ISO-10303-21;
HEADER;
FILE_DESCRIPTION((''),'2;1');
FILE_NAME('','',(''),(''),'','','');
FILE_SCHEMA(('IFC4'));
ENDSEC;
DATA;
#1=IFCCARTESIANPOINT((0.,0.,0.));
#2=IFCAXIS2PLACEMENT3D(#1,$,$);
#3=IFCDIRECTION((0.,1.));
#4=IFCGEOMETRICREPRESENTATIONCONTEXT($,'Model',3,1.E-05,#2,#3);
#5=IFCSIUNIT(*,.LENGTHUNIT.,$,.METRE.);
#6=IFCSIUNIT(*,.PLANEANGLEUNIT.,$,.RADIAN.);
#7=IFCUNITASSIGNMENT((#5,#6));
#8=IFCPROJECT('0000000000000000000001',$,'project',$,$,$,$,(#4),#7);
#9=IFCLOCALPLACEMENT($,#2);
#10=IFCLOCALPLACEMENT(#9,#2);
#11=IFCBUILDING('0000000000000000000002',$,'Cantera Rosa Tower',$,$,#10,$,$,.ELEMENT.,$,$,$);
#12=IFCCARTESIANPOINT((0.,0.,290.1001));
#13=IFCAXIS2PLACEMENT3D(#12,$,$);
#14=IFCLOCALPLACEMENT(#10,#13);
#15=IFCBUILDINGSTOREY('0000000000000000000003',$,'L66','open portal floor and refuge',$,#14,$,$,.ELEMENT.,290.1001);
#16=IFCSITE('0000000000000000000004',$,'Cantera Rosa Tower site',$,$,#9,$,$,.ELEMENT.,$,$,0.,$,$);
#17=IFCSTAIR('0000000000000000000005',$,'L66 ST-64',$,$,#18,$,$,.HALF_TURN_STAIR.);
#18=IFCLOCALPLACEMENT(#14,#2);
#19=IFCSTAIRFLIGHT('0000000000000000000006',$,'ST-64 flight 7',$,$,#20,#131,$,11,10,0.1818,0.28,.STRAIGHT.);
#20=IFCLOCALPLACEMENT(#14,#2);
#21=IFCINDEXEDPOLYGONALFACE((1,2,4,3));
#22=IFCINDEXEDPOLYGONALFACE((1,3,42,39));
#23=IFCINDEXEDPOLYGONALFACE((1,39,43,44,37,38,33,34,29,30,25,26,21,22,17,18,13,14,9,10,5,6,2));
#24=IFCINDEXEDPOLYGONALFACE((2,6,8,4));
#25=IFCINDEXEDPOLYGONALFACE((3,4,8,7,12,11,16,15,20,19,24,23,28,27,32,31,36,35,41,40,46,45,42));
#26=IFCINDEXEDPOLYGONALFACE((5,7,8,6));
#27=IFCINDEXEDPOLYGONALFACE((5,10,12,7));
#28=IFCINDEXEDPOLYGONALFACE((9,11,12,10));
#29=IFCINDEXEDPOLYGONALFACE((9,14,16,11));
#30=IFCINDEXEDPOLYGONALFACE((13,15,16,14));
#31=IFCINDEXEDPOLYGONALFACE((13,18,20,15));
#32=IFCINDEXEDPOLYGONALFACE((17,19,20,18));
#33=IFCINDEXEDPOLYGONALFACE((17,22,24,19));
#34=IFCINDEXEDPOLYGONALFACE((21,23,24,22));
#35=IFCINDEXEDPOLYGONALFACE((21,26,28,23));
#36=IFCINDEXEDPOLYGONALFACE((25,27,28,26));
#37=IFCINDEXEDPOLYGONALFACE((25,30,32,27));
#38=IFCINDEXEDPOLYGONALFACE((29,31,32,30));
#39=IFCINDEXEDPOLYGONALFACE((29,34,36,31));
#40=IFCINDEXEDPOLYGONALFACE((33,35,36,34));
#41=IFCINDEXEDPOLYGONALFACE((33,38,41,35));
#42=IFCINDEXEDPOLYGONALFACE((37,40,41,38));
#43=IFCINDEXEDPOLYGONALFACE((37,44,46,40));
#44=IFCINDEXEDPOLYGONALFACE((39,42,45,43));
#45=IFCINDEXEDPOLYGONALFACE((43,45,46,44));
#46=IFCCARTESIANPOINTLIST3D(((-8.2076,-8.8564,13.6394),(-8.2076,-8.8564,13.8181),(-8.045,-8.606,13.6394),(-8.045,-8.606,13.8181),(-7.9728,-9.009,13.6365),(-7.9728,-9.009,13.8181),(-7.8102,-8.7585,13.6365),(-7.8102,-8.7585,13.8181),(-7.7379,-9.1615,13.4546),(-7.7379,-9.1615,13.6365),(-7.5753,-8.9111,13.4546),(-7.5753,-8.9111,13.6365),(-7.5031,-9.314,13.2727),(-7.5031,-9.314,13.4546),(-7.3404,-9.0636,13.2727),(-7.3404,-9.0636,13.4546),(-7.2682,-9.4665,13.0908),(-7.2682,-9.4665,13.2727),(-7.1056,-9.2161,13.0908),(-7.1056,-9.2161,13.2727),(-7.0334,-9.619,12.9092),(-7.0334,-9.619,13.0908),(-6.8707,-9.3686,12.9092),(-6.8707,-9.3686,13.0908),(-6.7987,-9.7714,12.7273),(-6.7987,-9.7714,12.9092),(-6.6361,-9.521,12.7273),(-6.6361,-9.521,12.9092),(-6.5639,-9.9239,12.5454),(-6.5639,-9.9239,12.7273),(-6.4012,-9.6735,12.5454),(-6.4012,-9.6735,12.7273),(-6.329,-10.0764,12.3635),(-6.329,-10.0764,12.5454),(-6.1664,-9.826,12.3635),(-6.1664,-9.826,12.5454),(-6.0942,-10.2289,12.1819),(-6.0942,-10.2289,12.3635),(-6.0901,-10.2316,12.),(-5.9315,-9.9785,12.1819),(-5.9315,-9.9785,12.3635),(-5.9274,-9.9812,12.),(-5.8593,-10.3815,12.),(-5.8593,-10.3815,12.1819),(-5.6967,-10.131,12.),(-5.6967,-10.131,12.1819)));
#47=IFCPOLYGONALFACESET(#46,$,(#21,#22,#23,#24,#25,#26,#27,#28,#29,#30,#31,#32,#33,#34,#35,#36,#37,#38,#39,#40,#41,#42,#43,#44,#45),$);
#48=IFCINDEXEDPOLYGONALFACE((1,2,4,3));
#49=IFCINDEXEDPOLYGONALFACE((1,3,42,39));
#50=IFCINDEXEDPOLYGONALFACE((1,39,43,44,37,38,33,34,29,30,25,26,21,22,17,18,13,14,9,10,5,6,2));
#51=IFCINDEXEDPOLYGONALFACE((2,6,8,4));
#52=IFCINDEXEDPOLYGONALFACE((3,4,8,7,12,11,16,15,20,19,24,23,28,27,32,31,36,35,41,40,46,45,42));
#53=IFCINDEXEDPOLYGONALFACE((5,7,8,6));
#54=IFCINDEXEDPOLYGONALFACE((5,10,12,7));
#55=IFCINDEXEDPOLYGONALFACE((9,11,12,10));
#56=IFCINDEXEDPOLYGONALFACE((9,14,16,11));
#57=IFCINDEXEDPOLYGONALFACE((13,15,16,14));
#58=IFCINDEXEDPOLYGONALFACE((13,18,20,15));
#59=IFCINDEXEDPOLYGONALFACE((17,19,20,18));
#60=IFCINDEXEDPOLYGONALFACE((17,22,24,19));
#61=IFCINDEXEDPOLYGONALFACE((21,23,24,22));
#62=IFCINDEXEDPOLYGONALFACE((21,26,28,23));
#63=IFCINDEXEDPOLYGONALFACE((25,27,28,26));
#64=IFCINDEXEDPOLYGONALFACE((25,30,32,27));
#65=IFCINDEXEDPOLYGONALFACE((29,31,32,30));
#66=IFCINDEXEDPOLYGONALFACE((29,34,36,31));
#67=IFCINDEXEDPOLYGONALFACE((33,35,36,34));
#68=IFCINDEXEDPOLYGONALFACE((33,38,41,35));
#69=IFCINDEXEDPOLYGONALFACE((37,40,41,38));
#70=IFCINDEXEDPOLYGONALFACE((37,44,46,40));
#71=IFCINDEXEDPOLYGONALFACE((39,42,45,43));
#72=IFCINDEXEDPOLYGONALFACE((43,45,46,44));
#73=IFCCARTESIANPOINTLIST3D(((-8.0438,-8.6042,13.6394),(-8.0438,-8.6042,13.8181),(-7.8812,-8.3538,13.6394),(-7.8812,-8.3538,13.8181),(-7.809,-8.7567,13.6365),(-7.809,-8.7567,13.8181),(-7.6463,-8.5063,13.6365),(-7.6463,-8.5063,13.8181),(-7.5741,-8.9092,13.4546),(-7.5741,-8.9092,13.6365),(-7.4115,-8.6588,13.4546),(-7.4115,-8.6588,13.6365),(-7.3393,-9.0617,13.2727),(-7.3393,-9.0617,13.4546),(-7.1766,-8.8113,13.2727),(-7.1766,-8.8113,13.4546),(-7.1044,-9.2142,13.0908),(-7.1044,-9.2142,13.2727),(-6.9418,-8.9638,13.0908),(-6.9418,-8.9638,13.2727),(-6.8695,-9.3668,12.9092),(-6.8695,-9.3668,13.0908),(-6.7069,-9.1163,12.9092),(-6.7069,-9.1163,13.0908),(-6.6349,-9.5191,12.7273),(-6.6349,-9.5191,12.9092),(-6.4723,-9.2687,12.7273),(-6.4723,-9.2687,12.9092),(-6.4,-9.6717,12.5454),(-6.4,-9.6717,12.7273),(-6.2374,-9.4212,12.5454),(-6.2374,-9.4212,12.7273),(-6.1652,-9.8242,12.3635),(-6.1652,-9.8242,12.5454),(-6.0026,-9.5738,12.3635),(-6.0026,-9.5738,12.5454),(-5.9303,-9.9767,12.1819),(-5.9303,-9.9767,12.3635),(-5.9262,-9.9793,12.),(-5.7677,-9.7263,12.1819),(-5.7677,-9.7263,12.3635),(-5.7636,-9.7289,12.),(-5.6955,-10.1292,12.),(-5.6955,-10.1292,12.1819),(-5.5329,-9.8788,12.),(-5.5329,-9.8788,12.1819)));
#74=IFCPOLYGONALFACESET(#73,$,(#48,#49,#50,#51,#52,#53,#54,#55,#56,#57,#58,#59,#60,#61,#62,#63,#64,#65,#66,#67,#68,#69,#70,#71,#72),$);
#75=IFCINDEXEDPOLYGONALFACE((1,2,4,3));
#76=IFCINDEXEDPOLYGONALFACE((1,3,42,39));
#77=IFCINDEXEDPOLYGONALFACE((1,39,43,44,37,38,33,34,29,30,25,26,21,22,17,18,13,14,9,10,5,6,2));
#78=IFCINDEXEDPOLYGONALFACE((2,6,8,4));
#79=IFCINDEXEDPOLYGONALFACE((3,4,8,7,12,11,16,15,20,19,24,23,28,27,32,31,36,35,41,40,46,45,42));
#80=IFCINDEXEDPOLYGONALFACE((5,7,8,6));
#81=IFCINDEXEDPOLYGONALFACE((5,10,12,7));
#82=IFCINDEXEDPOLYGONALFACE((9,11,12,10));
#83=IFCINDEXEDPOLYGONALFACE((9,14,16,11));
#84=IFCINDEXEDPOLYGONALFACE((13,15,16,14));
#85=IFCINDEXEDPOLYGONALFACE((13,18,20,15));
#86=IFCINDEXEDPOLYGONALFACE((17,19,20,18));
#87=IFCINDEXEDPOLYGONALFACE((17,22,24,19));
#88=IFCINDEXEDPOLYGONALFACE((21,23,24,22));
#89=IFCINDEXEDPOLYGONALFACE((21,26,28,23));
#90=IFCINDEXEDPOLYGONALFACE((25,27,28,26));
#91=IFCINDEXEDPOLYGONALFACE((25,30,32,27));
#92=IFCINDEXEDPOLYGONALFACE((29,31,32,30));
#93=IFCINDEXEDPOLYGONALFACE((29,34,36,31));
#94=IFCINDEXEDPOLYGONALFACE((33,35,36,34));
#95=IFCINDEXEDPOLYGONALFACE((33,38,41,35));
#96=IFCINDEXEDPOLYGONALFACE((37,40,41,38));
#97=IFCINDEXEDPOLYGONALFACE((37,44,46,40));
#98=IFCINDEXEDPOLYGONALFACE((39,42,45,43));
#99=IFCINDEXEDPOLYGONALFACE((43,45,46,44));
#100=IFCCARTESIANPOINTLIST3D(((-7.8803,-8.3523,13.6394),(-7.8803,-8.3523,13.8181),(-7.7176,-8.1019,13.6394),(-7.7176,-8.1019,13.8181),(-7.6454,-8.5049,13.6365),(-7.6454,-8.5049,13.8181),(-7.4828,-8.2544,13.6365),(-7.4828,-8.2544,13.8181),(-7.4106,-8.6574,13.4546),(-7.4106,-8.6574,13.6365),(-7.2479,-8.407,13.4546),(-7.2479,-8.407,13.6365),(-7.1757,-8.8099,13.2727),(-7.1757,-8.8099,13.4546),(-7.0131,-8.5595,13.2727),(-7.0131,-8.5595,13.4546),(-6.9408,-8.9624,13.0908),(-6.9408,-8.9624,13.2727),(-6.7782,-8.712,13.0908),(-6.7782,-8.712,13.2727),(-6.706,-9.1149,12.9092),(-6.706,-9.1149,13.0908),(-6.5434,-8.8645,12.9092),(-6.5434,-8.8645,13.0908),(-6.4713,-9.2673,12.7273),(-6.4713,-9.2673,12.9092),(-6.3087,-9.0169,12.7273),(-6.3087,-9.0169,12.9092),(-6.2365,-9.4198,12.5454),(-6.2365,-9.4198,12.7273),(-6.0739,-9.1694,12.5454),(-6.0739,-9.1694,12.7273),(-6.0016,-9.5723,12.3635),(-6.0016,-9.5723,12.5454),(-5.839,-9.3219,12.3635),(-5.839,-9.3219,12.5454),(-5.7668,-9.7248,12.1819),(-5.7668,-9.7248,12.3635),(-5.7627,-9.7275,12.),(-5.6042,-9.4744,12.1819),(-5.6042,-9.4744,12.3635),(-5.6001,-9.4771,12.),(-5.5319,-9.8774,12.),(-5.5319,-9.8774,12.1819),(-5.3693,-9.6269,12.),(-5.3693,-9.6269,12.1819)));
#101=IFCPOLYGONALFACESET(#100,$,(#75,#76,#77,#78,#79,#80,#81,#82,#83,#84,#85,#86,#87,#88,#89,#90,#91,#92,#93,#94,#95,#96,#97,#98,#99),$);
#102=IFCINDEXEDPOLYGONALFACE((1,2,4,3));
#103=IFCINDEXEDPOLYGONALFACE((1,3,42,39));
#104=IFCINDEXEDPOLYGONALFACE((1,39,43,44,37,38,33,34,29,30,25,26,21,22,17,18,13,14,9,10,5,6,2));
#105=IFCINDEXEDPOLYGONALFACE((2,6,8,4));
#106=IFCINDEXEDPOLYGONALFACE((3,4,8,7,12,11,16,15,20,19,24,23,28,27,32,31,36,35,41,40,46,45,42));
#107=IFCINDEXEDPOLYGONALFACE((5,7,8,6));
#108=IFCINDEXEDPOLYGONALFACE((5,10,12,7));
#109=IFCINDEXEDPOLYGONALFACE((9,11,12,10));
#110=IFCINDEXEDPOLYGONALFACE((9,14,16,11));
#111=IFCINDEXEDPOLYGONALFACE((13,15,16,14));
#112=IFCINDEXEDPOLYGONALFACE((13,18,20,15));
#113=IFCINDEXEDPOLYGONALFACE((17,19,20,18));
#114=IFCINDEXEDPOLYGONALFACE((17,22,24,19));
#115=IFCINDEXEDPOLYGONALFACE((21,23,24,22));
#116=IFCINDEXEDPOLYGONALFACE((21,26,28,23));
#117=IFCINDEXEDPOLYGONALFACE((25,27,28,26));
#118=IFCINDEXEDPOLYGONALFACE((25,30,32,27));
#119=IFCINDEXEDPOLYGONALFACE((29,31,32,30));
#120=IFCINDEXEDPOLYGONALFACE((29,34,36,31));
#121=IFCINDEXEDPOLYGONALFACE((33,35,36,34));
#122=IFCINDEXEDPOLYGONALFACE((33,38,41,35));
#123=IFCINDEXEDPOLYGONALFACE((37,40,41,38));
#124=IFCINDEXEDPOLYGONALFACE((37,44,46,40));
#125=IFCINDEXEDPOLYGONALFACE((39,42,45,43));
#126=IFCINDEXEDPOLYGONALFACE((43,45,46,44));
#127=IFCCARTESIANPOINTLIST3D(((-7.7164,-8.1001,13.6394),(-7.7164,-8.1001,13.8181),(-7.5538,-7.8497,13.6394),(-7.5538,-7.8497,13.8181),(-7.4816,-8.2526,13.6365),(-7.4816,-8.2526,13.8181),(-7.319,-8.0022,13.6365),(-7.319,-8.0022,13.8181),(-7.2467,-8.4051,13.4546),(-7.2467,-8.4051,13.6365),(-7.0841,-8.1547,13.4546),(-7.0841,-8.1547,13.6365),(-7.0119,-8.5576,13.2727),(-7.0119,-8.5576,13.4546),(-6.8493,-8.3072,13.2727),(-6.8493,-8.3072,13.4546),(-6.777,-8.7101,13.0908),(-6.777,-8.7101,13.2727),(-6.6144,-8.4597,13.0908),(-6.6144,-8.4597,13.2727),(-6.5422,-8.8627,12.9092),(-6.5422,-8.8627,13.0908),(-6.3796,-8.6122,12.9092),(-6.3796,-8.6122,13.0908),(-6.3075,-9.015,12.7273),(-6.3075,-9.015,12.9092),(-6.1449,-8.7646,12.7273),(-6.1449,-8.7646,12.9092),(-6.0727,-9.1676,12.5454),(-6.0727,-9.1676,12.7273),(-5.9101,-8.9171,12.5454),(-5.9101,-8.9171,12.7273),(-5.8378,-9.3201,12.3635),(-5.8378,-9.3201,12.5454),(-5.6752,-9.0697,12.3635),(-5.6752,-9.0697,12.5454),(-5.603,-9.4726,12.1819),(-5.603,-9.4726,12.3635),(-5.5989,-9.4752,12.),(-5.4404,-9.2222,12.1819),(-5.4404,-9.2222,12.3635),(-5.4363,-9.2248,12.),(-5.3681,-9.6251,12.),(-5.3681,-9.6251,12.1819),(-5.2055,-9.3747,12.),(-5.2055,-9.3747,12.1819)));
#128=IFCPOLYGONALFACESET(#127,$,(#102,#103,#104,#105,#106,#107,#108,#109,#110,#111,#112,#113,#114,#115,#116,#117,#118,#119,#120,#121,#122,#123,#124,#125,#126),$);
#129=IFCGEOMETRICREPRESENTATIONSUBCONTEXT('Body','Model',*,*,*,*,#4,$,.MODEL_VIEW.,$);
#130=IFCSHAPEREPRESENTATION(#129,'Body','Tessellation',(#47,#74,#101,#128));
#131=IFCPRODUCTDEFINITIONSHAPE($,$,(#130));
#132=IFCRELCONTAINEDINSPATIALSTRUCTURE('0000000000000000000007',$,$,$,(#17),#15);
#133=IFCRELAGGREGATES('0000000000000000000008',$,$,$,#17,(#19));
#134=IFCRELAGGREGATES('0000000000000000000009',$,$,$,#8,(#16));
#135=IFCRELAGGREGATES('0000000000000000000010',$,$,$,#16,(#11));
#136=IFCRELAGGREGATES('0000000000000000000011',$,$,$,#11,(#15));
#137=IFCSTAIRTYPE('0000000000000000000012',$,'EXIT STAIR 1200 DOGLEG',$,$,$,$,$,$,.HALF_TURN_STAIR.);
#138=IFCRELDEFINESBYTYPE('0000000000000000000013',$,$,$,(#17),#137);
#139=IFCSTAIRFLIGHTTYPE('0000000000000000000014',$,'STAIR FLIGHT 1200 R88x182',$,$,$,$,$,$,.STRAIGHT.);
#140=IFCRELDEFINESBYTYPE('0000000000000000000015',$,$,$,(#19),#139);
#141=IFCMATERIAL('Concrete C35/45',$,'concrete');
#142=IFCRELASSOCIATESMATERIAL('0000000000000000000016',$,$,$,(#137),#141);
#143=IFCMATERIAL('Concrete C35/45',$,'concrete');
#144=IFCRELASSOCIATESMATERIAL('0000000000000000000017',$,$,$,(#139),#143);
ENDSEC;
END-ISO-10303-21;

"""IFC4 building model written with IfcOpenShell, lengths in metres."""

from ifc_helpers import new_model, si_unit, direction, frame, origin, place, context, subcontext, project, spatial, polyline, outline, extrude, material, type_object, element, aggregate, save


model = new_model("IFC4")

# Units and contexts
model_context = context("Model", 3, precision=1e-05, world=origin(), true_north=direction((0.0, 1.0)))
body_context = subcontext(model_context, "Body", "Model", "MODEL_VIEW")
ifc_project = project(units=[si_unit("LENGTHUNIT", "METRE"), si_unit("PLANEANGLEUNIT", "RADIAN")], contexts=[model_context])

# Site, building, storey
site_placement = place(None, origin())
site = spatial("IfcSite", under=ifc_project, at=site_placement, Name="Cantera Rosa Tower site", CompositionType="ELEMENT", RefElevation=0.0)
building_placement = place(site_placement, origin())
building = spatial("IfcBuilding", under=site, at=building_placement, Name="Cantera Rosa Tower", CompositionType="ELEMENT")
storey_placement = place(building_placement, frame((0.0, 0.0, 290.1001)))
storey = spatial("IfcBuildingStorey", under=building, at=storey_placement, Name="L66", Description="open portal floor and refuge", CompositionType="ELEMENT", Elevation=290.1001)

# Stair, stair flight
ifc_material_1 = material(Name="Concrete C35/45", Category="concrete")
stair_type = type_object("IfcStairType", Name="EXIT STAIR 1200 DOGLEG", PredefinedType="HALF_TURN_STAIR", material=ifc_material_1)
stair_placement = place(storey_placement, origin())
stair = element("IfcStair", 1, at=stair_placement, inside=storey, type_object=stair_type, Name="L66 ST-64", PredefinedType="HALF_TURN_STAIR")
ifc_material_2 = material(Name="Concrete C35/45", Category="concrete")
stair_flight_type = type_object("IfcStairFlightType", Name="STAIR FLIGHT 1200 R88x182", PredefinedType="STRAIGHT", material=ifc_material_2)
stair_flight_1_placement = place(storey_placement, frame((-5.5325, -9.8782, 12.0), z_axis=(0.0, 0.0, 1.0), x_axis=(-0.838671, 0.544639, 0.0)))
stair_flight_1 = element("IfcStairFlight", 2, at=stair_flight_1_placement, type_object=stair_flight_type, Name="ST-64 flight 7", NumberOfRisers=11, NumberOfTreads=10, PredefinedType="STRAIGHT", RiserHeight=0.1818, TreadLength=0.28, context=body_context, shape_type="SweptSolid", body=[
    extrude(outline(polyline([(0.0, 0.0), (0.0, 0.1819), (0.28, 0.1819), (0.28, 0.3635), (0.5601, 0.3635), (0.5601, 0.5454), (0.8401, 0.5454), (0.8401, 0.7273), (1.1201, 0.7273), (1.1201, 0.9092), (1.3999, 0.9092), (1.3999, 1.0908), (1.6799, 1.0908), (1.6799, 1.2727), (1.96, 1.2727), (1.96, 1.4546), (2.24, 1.4546), (2.24, 1.6365), (2.52, 1.6365), (2.52, 1.8181), (2.8, 1.8181), (2.8, 2.0), (2.8, 1.6394), (0.2751, 0.0), (0.0, 0.0)])), frame((0.0, 0.6001, 0.0), z_axis=(0.0, -1.0, 0.0), x_axis=(1.0, 0.0, 0.0)), (0.0, 0.0, 1.0), 0.2986),
    extrude(outline(polyline([(0.0, 0.0), (0.0, 0.1819), (0.28, 0.1819), (0.28, 0.3635), (0.5601, 0.3635), (0.5601, 0.5454), (0.8401, 0.5454), (0.8401, 0.7273), (1.1201, 0.7273), (1.1201, 0.9092), (1.3999, 0.9092), (1.3999, 1.0908), (1.6799, 1.0908), (1.6799, 1.2727), (1.96, 1.2727), (1.96, 1.4546), (2.24, 1.4546), (2.24, 1.6365), (2.52, 1.6365), (2.52, 1.8181), (2.8, 1.8181), (2.8, 2.0), (2.8, 1.6394), (0.2751, 0.0), (0.0, 0.0)])), frame((0.0, 0.2993, 0.0), z_axis=(0.0, -1.0, 0.0), x_axis=(1.0, 0.0, 0.0)), (0.0, 0.0, 1.0), 0.2986),
    extrude(outline(polyline([(0.0, 0.0), (0.0, 0.1819), (0.28, 0.1819), (0.28, 0.3635), (0.5601, 0.3635), (0.5601, 0.5454), (0.8401, 0.5454), (0.8401, 0.7273), (1.1201, 0.7273), (1.1201, 0.9092), (1.3999, 0.9092), (1.3999, 1.0908), (1.6799, 1.0908), (1.6799, 1.2727), (1.96, 1.2727), (1.96, 1.4546), (2.24, 1.4546), (2.24, 1.6365), (2.52, 1.6365), (2.52, 1.8181), (2.8, 1.8181), (2.8, 2.0), (2.8, 1.6394), (0.2751, 0.0), (0.0, 0.0)])), frame((0.0, -0.001, 0.0), z_axis=(0.0, -1.0, 0.0), x_axis=(1.0, 0.0, 0.0)), (0.0, 0.0, 1.0), 0.2986),
    extrude(outline(polyline([(0.0, 0.0), (0.0, 0.1819), (0.28, 0.1819), (0.28, 0.3635), (0.5601, 0.3635), (0.5601, 0.5454), (0.8401, 0.5454), (0.8401, 0.7273), (1.1201, 0.7273), (1.1201, 0.9092), (1.3999, 0.9092), (1.3999, 1.0908), (1.6799, 1.0908), (1.6799, 1.2727), (1.96, 1.2727), (1.96, 1.4546), (2.24, 1.4546), (2.24, 1.6365), (2.52, 1.6365), (2.52, 1.8181), (2.8, 1.8181), (2.8, 2.0), (2.8, 1.6394), (0.2751, 0.0), (0.0, 0.0)])), frame((0.0, -0.3018, 0.0), z_axis=(0.0, -1.0, 0.0), x_axis=(1.0, 0.0, 0.0)), (0.0, 0.0, 1.0), 0.2986),
])
aggregate(stair, [stair_flight_1])

save(model, "model.ifc")
